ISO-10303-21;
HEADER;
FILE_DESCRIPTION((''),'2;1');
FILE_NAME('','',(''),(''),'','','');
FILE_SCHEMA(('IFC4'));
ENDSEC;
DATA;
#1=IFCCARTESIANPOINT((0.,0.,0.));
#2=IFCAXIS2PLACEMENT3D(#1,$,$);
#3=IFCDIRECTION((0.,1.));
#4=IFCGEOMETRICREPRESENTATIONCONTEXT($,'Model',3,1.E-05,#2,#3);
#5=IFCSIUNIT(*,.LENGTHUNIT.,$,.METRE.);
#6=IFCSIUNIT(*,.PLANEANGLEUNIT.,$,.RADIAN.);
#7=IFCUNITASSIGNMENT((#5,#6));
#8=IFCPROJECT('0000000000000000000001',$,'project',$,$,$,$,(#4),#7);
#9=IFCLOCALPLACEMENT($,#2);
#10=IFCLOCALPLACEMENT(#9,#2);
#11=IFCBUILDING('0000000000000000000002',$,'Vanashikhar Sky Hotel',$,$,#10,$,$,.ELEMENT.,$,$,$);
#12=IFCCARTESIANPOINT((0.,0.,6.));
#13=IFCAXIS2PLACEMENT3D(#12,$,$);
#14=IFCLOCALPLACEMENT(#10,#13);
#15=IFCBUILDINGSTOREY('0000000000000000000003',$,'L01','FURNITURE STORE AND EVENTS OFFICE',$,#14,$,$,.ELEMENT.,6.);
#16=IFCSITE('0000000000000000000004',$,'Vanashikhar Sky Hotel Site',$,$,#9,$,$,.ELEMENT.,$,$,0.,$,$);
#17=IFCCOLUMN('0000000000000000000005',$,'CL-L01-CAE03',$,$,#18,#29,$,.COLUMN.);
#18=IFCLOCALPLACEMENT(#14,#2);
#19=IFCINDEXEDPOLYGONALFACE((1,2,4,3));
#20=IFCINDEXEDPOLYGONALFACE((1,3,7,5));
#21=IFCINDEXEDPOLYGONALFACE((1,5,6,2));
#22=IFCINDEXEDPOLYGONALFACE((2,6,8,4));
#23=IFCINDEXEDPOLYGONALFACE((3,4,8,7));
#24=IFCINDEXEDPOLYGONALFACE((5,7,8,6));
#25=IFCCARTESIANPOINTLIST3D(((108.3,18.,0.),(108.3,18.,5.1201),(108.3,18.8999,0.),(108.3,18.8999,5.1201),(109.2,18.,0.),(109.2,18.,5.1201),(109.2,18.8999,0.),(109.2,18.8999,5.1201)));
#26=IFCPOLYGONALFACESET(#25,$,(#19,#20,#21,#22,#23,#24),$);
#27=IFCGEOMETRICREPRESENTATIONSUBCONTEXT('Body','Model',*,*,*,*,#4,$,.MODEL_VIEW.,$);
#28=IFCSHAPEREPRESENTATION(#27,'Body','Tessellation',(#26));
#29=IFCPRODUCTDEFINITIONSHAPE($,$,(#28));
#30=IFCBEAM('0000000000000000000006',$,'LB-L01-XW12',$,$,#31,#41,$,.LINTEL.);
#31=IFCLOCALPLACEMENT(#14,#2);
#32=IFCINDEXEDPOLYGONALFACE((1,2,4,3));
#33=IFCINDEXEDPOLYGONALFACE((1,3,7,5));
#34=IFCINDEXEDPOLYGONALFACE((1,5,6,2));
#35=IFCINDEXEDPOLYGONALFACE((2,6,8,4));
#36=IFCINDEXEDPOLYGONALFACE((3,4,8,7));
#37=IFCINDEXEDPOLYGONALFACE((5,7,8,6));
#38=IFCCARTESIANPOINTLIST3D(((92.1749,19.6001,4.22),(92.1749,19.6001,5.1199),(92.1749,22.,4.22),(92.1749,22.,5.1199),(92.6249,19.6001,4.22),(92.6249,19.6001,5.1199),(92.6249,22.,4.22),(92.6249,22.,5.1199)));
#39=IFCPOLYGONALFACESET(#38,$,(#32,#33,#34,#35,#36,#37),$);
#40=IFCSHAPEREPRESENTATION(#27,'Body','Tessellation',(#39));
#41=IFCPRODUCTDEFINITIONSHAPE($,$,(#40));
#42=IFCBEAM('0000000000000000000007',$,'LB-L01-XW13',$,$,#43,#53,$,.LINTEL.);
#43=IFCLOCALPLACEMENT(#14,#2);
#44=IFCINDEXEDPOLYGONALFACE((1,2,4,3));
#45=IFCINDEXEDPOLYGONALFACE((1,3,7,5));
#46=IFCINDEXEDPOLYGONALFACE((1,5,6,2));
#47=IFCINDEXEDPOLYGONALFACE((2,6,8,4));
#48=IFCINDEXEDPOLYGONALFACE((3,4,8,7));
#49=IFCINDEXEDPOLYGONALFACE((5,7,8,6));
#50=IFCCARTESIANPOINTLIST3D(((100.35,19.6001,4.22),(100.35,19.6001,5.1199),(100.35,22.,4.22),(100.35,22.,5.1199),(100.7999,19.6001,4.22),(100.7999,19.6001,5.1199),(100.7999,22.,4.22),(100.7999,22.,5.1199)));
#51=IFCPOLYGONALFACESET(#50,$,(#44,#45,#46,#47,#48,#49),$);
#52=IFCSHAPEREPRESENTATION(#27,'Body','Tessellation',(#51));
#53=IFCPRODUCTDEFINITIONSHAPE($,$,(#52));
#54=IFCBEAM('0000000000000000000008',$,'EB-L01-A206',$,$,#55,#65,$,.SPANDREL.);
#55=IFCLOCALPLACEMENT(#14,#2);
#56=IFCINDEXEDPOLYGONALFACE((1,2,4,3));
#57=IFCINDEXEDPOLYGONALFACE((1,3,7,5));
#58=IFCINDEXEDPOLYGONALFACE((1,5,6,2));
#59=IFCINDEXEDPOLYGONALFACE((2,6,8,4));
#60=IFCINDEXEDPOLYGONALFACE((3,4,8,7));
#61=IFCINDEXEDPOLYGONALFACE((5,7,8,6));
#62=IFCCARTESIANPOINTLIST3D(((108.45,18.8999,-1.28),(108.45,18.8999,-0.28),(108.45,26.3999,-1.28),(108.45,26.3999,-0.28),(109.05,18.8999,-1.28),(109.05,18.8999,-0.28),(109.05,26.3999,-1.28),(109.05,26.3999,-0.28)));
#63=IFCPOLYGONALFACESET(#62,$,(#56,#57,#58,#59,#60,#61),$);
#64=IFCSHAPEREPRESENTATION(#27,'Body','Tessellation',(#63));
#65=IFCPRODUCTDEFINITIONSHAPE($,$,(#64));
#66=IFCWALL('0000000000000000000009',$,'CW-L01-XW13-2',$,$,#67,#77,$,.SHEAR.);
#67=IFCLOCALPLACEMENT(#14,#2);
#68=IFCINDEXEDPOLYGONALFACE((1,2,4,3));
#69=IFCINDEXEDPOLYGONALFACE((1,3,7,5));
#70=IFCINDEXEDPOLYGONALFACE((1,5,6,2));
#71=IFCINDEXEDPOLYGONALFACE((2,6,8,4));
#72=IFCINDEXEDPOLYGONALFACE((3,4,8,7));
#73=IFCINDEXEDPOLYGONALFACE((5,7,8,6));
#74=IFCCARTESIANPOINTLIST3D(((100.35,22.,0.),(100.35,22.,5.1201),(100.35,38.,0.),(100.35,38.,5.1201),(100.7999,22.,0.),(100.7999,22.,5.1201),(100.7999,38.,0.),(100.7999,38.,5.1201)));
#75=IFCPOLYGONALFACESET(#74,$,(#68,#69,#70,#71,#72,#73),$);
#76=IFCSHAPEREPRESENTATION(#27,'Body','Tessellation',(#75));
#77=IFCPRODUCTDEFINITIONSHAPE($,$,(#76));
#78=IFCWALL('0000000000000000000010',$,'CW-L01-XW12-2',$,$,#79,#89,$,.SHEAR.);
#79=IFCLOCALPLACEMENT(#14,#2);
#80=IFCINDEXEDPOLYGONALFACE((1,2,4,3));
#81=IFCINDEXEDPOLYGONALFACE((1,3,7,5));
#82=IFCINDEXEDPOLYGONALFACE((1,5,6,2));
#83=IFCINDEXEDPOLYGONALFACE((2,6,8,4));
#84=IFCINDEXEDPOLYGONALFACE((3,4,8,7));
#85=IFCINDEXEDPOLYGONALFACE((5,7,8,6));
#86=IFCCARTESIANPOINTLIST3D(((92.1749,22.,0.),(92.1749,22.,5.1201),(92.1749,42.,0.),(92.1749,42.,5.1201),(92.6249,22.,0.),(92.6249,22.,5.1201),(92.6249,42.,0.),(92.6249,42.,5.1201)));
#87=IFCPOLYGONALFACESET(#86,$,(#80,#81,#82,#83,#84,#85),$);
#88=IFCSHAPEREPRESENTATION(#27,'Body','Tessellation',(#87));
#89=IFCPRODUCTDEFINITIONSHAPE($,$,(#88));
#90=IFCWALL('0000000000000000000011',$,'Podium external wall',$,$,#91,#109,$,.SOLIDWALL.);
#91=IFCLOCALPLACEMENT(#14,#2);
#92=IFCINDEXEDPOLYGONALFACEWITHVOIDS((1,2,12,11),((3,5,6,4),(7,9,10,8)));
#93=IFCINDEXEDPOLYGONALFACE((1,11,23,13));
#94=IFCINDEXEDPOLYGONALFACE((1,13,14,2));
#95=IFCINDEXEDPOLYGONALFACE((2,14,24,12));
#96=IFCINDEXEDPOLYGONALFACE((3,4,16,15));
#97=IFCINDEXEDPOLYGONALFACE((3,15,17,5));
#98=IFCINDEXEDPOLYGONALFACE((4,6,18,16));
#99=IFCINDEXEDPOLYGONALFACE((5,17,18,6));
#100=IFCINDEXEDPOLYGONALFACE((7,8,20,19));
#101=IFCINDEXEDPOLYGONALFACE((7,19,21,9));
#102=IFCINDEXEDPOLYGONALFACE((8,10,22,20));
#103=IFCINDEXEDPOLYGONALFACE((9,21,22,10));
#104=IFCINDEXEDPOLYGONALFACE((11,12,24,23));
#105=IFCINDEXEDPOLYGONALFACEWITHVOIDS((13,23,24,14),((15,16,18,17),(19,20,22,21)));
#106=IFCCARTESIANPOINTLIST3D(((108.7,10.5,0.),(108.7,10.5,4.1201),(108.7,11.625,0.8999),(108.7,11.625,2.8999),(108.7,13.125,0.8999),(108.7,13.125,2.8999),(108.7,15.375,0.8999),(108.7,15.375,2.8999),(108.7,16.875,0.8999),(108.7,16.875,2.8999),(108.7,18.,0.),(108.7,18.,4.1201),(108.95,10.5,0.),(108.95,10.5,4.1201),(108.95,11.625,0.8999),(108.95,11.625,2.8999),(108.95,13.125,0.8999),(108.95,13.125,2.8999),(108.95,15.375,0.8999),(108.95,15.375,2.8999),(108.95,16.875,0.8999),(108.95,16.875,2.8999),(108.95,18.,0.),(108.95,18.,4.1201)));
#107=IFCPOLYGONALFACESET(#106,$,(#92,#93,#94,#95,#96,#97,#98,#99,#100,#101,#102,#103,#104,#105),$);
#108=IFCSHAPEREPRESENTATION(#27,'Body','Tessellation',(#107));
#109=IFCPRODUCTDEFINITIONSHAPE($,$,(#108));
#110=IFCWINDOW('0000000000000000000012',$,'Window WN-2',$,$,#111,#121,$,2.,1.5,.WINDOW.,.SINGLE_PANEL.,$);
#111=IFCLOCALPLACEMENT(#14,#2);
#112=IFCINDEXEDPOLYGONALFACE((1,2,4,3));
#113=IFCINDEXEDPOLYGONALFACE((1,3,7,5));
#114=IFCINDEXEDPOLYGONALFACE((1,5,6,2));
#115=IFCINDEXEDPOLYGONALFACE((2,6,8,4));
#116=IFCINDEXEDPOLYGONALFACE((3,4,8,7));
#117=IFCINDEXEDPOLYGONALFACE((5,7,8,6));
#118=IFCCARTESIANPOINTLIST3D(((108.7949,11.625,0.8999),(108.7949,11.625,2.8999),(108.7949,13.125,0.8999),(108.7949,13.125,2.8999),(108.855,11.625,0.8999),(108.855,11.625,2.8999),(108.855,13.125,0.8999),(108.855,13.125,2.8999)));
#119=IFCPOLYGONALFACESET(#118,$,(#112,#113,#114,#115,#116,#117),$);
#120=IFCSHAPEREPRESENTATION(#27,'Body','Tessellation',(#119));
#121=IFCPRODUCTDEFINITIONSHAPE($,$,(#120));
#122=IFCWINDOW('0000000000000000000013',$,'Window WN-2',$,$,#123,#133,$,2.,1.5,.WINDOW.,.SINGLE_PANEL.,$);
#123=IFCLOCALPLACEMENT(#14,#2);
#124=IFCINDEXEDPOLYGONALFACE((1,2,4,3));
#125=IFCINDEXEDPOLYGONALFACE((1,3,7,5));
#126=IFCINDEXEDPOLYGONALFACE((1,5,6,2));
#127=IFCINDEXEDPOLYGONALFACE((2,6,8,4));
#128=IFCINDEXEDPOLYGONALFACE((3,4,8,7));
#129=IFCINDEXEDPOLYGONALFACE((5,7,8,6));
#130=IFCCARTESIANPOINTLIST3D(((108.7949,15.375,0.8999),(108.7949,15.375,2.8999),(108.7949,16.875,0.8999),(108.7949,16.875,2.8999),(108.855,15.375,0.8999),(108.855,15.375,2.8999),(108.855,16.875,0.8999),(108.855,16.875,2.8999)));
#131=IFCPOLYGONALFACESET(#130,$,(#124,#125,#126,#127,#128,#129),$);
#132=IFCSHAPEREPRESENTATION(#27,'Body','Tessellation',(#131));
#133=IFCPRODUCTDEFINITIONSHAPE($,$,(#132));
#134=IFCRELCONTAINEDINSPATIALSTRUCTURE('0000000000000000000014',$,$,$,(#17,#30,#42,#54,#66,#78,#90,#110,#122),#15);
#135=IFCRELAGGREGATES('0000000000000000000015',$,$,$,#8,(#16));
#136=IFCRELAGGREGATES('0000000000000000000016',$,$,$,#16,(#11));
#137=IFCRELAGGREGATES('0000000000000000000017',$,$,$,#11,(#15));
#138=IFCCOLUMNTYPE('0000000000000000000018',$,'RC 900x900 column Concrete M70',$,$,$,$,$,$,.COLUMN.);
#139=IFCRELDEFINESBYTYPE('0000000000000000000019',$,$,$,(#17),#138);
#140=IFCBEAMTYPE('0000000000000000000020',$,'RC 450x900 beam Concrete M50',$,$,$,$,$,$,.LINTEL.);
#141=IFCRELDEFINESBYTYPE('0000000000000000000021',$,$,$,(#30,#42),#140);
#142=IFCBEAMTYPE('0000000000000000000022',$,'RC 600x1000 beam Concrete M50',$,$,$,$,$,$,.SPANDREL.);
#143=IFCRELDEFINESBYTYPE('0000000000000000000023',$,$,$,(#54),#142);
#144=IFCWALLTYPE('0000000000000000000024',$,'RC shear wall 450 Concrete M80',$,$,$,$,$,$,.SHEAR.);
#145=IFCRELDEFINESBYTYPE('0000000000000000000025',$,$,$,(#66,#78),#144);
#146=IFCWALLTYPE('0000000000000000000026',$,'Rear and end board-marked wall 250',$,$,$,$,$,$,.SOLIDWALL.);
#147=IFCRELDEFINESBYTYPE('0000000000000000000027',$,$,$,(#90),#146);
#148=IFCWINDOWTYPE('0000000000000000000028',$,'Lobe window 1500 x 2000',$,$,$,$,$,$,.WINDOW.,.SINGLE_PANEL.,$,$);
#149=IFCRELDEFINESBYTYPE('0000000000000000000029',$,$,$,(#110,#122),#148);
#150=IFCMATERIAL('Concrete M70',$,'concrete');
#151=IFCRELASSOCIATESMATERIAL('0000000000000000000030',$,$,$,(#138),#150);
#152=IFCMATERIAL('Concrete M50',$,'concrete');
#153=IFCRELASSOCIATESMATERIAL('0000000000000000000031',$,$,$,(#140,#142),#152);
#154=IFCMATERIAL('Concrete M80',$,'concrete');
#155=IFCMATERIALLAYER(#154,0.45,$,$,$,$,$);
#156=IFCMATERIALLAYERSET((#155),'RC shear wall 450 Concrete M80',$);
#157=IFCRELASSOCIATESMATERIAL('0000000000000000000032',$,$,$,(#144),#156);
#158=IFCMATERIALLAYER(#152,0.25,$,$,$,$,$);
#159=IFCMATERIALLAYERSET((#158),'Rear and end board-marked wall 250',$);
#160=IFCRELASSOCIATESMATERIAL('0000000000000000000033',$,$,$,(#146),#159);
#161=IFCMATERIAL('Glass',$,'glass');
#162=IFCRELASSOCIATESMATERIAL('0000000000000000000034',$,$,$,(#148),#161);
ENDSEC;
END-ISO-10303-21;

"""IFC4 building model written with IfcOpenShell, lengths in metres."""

from ifc_helpers import new_model, si_unit, direction, frame, frame_2d, origin, origin_2d, place, context, subcontext, project, spatial, rectangle, extrude, source, transform, mapped, material, layer, layer_set, material_profile, profile_set, type_object, element, fill, save


model = new_model("IFC4")

# Units and contexts
model_context = context("Model", 3, precision=1e-05, world=origin(), true_north=direction((0.0, 1.0)))
body_context = subcontext(model_context, "Body", "Model", "MODEL_VIEW")
ifc_project = project(units=[si_unit("LENGTHUNIT", "METRE"), si_unit("PLANEANGLEUNIT", "RADIAN")], contexts=[model_context])

# Site, building, storey
site_placement = place(None, origin())
site = spatial("IfcSite", under=ifc_project, at=site_placement, Name="Vanashikhar Sky Hotel Site", CompositionType="ELEMENT", RefElevation=0.0)
building_placement = place(site_placement, origin())
building = spatial("IfcBuilding", under=site, at=building_placement, Name="Vanashikhar Sky Hotel", CompositionType="ELEMENT")
storey_placement = place(building_placement, frame((0.0, 0.0, 6.0)))
storey = spatial("IfcBuildingStorey", under=building, at=storey_placement, Name="L01", Description="FURNITURE STORE AND EVENTS OFFICE", CompositionType="ELEMENT", Elevation=6.0)

# Column
ifc_material_1 = material(Name="Concrete M70", Category="concrete")
ifc_material_profile_1 = material_profile(ifc_material_1, rectangle(XDim=0.8999, YDim=0.8999, at=origin_2d()))
ifc_profile_set_1 = profile_set([ifc_material_profile_1], Name="RC 900x900 column Concrete M70")
column_type = type_object("IfcColumnType", Name="RC 900x900 column Concrete M70", PredefinedType="COLUMN", material=ifc_profile_set_1)
shared_shape_1 = source(origin(), body_context, "Body", "SweptSolid", [
    extrude(rectangle(XDim=0.8999, YDim=0.8999, at=origin_2d()), origin(), (0.0, 0.0, 1.0), 5.1201),
])
column_placement = place(storey_placement, frame((108.75, 18.45, 0.0), z_axis=(0.0, 0.0, 1.0), x_axis=(1.0, 0.0, 0.0)))
element("IfcColumn", 1, at=column_placement, inside=storey, type_object=column_type, Name="CL-L01-CAE03", PredefinedType="COLUMN", context=body_context, shape_type="MappedRepresentation", body=[
    mapped(shared_shape_1, transform((0.0, 0.0, 0.0), scale=1.0)),
])

# Beams
ifc_material_2 = material(Name="Concrete M50", Category="concrete")
ifc_material_profile_2 = material_profile(ifc_material_2, rectangle(XDim=0.45, YDim=0.8999, at=origin_2d()))
ifc_profile_set_2 = profile_set([ifc_material_profile_2], Name="RC 450x900 beam Concrete M50")
beam_type_1 = type_object("IfcBeamType", Name="RC 450x900 beam Concrete M50", PredefinedType="LINTEL", material=ifc_profile_set_2)
shared_shape_2 = source(origin(), body_context, "Body", "SweptSolid", [
    extrude(rectangle(XDim=0.45, YDim=0.8999, at=origin_2d()), origin(), (0.0, 0.0, 1.0), 2.3999),
])
for number, where, z_axis, x_axis, name in (
    (2, (92.3999, 19.6001, 4.6699), (0.0, 1.0, 0.0), (-1.0, 0.0, 0.0), "LB-L01-XW12"),
    (3, (100.575, 19.6001, 4.6699), (0.0, 1.0, 0.0), (-1.0, 0.0, 0.0), "LB-L01-XW13"),
):
    element("IfcBeam", number, at=place(storey_placement, frame(where, z_axis=z_axis, x_axis=x_axis)), inside=storey, type_object=beam_type_1, Name=name, PredefinedType="LINTEL", context=body_context, shape_type="MappedRepresentation", body=[
        mapped(shared_shape_2, transform((0.0, 0.0, 0.0), scale=1.0)),
    ])
ifc_material_profile_3 = material_profile(ifc_material_2, rectangle(XDim=0.6001, YDim=1.0, at=origin_2d()))
ifc_profile_set_3 = profile_set([ifc_material_profile_3], Name="RC 600x1000 beam Concrete M50")
beam_type_2 = type_object("IfcBeamType", Name="RC 600x1000 beam Concrete M50", PredefinedType="SPANDREL", material=ifc_profile_set_3)
shared_shape_3 = source(origin(), body_context, "Body", "SweptSolid", [
    extrude(rectangle(XDim=0.6001, YDim=1.0, at=origin_2d()), origin(), (0.0, 0.0, 1.0), 7.5),
])
beam_placement = place(storey_placement, frame((108.75, 18.8999, -0.78), z_axis=(0.0, 1.0, 0.0), x_axis=(-1.0, 0.0, 0.0)))
element("IfcBeam", 4, at=beam_placement, inside=storey, type_object=beam_type_2, Name="EB-L01-A206", PredefinedType="SPANDREL", context=body_context, shape_type="MappedRepresentation", body=[
    mapped(shared_shape_3, transform((0.0, 0.0, 0.0), scale=1.0)),
])

# Walls
ifc_material_3 = material(Name="Concrete M80", Category="concrete")
ifc_layer_1 = layer(ifc_material_3, 0.45)
ifc_layer_set_1 = layer_set([ifc_layer_1], Name="RC shear wall 450 Concrete M80")
wall_type_1 = type_object("IfcWallType", Name="RC shear wall 450 Concrete M80", PredefinedType="SHEAR", material=ifc_layer_set_1)
shared_shape_4 = source(origin(), body_context, "Body", "SweptSolid", [
    extrude(rectangle(XDim=16.0, YDim=0.45, at=frame_2d((8.0, 0.0))), origin(), (0.0, 0.0, 1.0), 5.1201),
])
wall_1_placement = place(storey_placement, frame((100.575, 22.0, 0.0), z_axis=(0.0, 0.0, 1.0), x_axis=(0.0, 1.0, 0.0)))
element("IfcWall", 5, at=wall_1_placement, inside=storey, type_object=wall_type_1, Name="CW-L01-XW13-2", PredefinedType="SHEAR", context=body_context, shape_type="MappedRepresentation", body=[
    mapped(shared_shape_4, transform((0.0, 0.0, 0.0), scale=1.0)),
])
shared_shape_5 = source(origin(), body_context, "Body", "SweptSolid", [
    extrude(rectangle(XDim=20.0, YDim=0.45, at=frame_2d((10.0, 0.0))), origin(), (0.0, 0.0, 1.0), 5.1201),
])
wall_2_placement = place(storey_placement, frame((92.3999, 22.0, 0.0), z_axis=(0.0, 0.0, 1.0), x_axis=(0.0, 1.0, 0.0)))
element("IfcWall", 6, at=wall_2_placement, inside=storey, type_object=wall_type_1, Name="CW-L01-XW12-2", PredefinedType="SHEAR", context=body_context, shape_type="MappedRepresentation", body=[
    mapped(shared_shape_5, transform((0.0, 0.0, 0.0), scale=1.0)),
])

# Wall, openings, windows
ifc_layer_2 = layer(ifc_material_2, 0.25)
ifc_layer_set_2 = layer_set([ifc_layer_2], Name="Rear and end board-marked wall 250")
wall_type_2 = type_object("IfcWallType", Name="Rear and end board-marked wall 250", PredefinedType="SOLIDWALL", material=ifc_layer_set_2)
shared_shape_6 = source(origin(), body_context, "Body", "SweptSolid", [
    extrude(rectangle(XDim=7.5, YDim=0.25, at=frame_2d((3.75, 0.0))), origin(), (0.0, 0.0, 1.0), 4.1201),
])
wall_3_placement = place(storey_placement, frame((108.825, 10.5, 0.0), z_axis=(0.0, 0.0, 1.0), x_axis=(0.0, 1.0, 0.0)))
wall_3 = element("IfcWall", 7, at=wall_3_placement, inside=storey, type_object=wall_type_2, Name="Podium external wall", PredefinedType="SOLIDWALL", context=body_context, shape_type="MappedRepresentation", body=[
    mapped(shared_shape_6, transform((0.0, 0.0, 0.0), scale=1.0)),
])
shared_shape_7 = source(origin(), body_context, "Body", "SweptSolid", [
    extrude(rectangle(XDim=1.5, YDim=2.0, at=frame_2d((0.75, 1.0))), frame((0.0, 0.135, 0.0), z_axis=(0.0, -1.0, 0.0), x_axis=(1.0, 0.0, 0.0)), (0.0, 0.0, 1.0), 0.27),
])
opening_1_placement = place(wall_3_placement, frame((1.125, 0.0, 0.8999)))
opening_1 = element("IfcOpeningElement", 8, at=opening_1_placement, cuts=wall_3, PredefinedType="OPENING", context=body_context, shape_type="MappedRepresentation", body=[
    mapped(shared_shape_7, transform((0.0, 0.0, 0.0), scale=1.0)),
])
opening_2_placement = place(wall_3_placement, frame((4.875, 0.0, 0.8999)))
opening_2 = element("IfcOpeningElement", 9, at=opening_2_placement, cuts=wall_3, PredefinedType="OPENING", context=body_context, shape_type="MappedRepresentation", body=[
    mapped(shared_shape_7, transform((0.0, 0.0, 0.0), scale=1.0)),
])
ifc_material_4 = material(Name="Glass", Category="glass")
window_type = type_object("IfcWindowType", Name="Lobe window 1500 x 2000", PartitioningType="SINGLE_PANEL", PredefinedType="WINDOW", material=ifc_material_4)
shared_shape_8 = source(origin(), body_context, "Body", "SweptSolid", [
    extrude(rectangle(XDim=1.5, YDim=2.0, at=frame_2d((0.75, 1.0))), frame((0.0, 0.03, 0.0), z_axis=(0.0, -1.0, 0.0), x_axis=(1.0, 0.0, 0.0)), (0.0, 0.0, 1.0), 0.0601),
])
window_1_placement = place(opening_1_placement, origin())
window_1 = element("IfcWindow", 10, at=window_1_placement, inside=storey, type_object=window_type, Name="Window WN-2", OverallHeight=2.0, OverallWidth=1.5, PartitioningType="SINGLE_PANEL", PredefinedType="WINDOW", context=body_context, shape_type="MappedRepresentation", body=[
    mapped(shared_shape_8, transform((0.0, 0.0, 0.0), scale=1.0)),
])
fill(opening_1, window_1)
window_2_placement = place(opening_2_placement, origin())
window_2 = element("IfcWindow", 11, at=window_2_placement, inside=storey, type_object=window_type, Name="Window WN-2", OverallHeight=2.0, OverallWidth=1.5, PartitioningType="SINGLE_PANEL", PredefinedType="WINDOW", context=body_context, shape_type="MappedRepresentation", body=[
    mapped(shared_shape_8, transform((0.0, 0.0, 0.0), scale=1.0)),
])
fill(opening_2, window_2)

save(model, "model.ifc")
